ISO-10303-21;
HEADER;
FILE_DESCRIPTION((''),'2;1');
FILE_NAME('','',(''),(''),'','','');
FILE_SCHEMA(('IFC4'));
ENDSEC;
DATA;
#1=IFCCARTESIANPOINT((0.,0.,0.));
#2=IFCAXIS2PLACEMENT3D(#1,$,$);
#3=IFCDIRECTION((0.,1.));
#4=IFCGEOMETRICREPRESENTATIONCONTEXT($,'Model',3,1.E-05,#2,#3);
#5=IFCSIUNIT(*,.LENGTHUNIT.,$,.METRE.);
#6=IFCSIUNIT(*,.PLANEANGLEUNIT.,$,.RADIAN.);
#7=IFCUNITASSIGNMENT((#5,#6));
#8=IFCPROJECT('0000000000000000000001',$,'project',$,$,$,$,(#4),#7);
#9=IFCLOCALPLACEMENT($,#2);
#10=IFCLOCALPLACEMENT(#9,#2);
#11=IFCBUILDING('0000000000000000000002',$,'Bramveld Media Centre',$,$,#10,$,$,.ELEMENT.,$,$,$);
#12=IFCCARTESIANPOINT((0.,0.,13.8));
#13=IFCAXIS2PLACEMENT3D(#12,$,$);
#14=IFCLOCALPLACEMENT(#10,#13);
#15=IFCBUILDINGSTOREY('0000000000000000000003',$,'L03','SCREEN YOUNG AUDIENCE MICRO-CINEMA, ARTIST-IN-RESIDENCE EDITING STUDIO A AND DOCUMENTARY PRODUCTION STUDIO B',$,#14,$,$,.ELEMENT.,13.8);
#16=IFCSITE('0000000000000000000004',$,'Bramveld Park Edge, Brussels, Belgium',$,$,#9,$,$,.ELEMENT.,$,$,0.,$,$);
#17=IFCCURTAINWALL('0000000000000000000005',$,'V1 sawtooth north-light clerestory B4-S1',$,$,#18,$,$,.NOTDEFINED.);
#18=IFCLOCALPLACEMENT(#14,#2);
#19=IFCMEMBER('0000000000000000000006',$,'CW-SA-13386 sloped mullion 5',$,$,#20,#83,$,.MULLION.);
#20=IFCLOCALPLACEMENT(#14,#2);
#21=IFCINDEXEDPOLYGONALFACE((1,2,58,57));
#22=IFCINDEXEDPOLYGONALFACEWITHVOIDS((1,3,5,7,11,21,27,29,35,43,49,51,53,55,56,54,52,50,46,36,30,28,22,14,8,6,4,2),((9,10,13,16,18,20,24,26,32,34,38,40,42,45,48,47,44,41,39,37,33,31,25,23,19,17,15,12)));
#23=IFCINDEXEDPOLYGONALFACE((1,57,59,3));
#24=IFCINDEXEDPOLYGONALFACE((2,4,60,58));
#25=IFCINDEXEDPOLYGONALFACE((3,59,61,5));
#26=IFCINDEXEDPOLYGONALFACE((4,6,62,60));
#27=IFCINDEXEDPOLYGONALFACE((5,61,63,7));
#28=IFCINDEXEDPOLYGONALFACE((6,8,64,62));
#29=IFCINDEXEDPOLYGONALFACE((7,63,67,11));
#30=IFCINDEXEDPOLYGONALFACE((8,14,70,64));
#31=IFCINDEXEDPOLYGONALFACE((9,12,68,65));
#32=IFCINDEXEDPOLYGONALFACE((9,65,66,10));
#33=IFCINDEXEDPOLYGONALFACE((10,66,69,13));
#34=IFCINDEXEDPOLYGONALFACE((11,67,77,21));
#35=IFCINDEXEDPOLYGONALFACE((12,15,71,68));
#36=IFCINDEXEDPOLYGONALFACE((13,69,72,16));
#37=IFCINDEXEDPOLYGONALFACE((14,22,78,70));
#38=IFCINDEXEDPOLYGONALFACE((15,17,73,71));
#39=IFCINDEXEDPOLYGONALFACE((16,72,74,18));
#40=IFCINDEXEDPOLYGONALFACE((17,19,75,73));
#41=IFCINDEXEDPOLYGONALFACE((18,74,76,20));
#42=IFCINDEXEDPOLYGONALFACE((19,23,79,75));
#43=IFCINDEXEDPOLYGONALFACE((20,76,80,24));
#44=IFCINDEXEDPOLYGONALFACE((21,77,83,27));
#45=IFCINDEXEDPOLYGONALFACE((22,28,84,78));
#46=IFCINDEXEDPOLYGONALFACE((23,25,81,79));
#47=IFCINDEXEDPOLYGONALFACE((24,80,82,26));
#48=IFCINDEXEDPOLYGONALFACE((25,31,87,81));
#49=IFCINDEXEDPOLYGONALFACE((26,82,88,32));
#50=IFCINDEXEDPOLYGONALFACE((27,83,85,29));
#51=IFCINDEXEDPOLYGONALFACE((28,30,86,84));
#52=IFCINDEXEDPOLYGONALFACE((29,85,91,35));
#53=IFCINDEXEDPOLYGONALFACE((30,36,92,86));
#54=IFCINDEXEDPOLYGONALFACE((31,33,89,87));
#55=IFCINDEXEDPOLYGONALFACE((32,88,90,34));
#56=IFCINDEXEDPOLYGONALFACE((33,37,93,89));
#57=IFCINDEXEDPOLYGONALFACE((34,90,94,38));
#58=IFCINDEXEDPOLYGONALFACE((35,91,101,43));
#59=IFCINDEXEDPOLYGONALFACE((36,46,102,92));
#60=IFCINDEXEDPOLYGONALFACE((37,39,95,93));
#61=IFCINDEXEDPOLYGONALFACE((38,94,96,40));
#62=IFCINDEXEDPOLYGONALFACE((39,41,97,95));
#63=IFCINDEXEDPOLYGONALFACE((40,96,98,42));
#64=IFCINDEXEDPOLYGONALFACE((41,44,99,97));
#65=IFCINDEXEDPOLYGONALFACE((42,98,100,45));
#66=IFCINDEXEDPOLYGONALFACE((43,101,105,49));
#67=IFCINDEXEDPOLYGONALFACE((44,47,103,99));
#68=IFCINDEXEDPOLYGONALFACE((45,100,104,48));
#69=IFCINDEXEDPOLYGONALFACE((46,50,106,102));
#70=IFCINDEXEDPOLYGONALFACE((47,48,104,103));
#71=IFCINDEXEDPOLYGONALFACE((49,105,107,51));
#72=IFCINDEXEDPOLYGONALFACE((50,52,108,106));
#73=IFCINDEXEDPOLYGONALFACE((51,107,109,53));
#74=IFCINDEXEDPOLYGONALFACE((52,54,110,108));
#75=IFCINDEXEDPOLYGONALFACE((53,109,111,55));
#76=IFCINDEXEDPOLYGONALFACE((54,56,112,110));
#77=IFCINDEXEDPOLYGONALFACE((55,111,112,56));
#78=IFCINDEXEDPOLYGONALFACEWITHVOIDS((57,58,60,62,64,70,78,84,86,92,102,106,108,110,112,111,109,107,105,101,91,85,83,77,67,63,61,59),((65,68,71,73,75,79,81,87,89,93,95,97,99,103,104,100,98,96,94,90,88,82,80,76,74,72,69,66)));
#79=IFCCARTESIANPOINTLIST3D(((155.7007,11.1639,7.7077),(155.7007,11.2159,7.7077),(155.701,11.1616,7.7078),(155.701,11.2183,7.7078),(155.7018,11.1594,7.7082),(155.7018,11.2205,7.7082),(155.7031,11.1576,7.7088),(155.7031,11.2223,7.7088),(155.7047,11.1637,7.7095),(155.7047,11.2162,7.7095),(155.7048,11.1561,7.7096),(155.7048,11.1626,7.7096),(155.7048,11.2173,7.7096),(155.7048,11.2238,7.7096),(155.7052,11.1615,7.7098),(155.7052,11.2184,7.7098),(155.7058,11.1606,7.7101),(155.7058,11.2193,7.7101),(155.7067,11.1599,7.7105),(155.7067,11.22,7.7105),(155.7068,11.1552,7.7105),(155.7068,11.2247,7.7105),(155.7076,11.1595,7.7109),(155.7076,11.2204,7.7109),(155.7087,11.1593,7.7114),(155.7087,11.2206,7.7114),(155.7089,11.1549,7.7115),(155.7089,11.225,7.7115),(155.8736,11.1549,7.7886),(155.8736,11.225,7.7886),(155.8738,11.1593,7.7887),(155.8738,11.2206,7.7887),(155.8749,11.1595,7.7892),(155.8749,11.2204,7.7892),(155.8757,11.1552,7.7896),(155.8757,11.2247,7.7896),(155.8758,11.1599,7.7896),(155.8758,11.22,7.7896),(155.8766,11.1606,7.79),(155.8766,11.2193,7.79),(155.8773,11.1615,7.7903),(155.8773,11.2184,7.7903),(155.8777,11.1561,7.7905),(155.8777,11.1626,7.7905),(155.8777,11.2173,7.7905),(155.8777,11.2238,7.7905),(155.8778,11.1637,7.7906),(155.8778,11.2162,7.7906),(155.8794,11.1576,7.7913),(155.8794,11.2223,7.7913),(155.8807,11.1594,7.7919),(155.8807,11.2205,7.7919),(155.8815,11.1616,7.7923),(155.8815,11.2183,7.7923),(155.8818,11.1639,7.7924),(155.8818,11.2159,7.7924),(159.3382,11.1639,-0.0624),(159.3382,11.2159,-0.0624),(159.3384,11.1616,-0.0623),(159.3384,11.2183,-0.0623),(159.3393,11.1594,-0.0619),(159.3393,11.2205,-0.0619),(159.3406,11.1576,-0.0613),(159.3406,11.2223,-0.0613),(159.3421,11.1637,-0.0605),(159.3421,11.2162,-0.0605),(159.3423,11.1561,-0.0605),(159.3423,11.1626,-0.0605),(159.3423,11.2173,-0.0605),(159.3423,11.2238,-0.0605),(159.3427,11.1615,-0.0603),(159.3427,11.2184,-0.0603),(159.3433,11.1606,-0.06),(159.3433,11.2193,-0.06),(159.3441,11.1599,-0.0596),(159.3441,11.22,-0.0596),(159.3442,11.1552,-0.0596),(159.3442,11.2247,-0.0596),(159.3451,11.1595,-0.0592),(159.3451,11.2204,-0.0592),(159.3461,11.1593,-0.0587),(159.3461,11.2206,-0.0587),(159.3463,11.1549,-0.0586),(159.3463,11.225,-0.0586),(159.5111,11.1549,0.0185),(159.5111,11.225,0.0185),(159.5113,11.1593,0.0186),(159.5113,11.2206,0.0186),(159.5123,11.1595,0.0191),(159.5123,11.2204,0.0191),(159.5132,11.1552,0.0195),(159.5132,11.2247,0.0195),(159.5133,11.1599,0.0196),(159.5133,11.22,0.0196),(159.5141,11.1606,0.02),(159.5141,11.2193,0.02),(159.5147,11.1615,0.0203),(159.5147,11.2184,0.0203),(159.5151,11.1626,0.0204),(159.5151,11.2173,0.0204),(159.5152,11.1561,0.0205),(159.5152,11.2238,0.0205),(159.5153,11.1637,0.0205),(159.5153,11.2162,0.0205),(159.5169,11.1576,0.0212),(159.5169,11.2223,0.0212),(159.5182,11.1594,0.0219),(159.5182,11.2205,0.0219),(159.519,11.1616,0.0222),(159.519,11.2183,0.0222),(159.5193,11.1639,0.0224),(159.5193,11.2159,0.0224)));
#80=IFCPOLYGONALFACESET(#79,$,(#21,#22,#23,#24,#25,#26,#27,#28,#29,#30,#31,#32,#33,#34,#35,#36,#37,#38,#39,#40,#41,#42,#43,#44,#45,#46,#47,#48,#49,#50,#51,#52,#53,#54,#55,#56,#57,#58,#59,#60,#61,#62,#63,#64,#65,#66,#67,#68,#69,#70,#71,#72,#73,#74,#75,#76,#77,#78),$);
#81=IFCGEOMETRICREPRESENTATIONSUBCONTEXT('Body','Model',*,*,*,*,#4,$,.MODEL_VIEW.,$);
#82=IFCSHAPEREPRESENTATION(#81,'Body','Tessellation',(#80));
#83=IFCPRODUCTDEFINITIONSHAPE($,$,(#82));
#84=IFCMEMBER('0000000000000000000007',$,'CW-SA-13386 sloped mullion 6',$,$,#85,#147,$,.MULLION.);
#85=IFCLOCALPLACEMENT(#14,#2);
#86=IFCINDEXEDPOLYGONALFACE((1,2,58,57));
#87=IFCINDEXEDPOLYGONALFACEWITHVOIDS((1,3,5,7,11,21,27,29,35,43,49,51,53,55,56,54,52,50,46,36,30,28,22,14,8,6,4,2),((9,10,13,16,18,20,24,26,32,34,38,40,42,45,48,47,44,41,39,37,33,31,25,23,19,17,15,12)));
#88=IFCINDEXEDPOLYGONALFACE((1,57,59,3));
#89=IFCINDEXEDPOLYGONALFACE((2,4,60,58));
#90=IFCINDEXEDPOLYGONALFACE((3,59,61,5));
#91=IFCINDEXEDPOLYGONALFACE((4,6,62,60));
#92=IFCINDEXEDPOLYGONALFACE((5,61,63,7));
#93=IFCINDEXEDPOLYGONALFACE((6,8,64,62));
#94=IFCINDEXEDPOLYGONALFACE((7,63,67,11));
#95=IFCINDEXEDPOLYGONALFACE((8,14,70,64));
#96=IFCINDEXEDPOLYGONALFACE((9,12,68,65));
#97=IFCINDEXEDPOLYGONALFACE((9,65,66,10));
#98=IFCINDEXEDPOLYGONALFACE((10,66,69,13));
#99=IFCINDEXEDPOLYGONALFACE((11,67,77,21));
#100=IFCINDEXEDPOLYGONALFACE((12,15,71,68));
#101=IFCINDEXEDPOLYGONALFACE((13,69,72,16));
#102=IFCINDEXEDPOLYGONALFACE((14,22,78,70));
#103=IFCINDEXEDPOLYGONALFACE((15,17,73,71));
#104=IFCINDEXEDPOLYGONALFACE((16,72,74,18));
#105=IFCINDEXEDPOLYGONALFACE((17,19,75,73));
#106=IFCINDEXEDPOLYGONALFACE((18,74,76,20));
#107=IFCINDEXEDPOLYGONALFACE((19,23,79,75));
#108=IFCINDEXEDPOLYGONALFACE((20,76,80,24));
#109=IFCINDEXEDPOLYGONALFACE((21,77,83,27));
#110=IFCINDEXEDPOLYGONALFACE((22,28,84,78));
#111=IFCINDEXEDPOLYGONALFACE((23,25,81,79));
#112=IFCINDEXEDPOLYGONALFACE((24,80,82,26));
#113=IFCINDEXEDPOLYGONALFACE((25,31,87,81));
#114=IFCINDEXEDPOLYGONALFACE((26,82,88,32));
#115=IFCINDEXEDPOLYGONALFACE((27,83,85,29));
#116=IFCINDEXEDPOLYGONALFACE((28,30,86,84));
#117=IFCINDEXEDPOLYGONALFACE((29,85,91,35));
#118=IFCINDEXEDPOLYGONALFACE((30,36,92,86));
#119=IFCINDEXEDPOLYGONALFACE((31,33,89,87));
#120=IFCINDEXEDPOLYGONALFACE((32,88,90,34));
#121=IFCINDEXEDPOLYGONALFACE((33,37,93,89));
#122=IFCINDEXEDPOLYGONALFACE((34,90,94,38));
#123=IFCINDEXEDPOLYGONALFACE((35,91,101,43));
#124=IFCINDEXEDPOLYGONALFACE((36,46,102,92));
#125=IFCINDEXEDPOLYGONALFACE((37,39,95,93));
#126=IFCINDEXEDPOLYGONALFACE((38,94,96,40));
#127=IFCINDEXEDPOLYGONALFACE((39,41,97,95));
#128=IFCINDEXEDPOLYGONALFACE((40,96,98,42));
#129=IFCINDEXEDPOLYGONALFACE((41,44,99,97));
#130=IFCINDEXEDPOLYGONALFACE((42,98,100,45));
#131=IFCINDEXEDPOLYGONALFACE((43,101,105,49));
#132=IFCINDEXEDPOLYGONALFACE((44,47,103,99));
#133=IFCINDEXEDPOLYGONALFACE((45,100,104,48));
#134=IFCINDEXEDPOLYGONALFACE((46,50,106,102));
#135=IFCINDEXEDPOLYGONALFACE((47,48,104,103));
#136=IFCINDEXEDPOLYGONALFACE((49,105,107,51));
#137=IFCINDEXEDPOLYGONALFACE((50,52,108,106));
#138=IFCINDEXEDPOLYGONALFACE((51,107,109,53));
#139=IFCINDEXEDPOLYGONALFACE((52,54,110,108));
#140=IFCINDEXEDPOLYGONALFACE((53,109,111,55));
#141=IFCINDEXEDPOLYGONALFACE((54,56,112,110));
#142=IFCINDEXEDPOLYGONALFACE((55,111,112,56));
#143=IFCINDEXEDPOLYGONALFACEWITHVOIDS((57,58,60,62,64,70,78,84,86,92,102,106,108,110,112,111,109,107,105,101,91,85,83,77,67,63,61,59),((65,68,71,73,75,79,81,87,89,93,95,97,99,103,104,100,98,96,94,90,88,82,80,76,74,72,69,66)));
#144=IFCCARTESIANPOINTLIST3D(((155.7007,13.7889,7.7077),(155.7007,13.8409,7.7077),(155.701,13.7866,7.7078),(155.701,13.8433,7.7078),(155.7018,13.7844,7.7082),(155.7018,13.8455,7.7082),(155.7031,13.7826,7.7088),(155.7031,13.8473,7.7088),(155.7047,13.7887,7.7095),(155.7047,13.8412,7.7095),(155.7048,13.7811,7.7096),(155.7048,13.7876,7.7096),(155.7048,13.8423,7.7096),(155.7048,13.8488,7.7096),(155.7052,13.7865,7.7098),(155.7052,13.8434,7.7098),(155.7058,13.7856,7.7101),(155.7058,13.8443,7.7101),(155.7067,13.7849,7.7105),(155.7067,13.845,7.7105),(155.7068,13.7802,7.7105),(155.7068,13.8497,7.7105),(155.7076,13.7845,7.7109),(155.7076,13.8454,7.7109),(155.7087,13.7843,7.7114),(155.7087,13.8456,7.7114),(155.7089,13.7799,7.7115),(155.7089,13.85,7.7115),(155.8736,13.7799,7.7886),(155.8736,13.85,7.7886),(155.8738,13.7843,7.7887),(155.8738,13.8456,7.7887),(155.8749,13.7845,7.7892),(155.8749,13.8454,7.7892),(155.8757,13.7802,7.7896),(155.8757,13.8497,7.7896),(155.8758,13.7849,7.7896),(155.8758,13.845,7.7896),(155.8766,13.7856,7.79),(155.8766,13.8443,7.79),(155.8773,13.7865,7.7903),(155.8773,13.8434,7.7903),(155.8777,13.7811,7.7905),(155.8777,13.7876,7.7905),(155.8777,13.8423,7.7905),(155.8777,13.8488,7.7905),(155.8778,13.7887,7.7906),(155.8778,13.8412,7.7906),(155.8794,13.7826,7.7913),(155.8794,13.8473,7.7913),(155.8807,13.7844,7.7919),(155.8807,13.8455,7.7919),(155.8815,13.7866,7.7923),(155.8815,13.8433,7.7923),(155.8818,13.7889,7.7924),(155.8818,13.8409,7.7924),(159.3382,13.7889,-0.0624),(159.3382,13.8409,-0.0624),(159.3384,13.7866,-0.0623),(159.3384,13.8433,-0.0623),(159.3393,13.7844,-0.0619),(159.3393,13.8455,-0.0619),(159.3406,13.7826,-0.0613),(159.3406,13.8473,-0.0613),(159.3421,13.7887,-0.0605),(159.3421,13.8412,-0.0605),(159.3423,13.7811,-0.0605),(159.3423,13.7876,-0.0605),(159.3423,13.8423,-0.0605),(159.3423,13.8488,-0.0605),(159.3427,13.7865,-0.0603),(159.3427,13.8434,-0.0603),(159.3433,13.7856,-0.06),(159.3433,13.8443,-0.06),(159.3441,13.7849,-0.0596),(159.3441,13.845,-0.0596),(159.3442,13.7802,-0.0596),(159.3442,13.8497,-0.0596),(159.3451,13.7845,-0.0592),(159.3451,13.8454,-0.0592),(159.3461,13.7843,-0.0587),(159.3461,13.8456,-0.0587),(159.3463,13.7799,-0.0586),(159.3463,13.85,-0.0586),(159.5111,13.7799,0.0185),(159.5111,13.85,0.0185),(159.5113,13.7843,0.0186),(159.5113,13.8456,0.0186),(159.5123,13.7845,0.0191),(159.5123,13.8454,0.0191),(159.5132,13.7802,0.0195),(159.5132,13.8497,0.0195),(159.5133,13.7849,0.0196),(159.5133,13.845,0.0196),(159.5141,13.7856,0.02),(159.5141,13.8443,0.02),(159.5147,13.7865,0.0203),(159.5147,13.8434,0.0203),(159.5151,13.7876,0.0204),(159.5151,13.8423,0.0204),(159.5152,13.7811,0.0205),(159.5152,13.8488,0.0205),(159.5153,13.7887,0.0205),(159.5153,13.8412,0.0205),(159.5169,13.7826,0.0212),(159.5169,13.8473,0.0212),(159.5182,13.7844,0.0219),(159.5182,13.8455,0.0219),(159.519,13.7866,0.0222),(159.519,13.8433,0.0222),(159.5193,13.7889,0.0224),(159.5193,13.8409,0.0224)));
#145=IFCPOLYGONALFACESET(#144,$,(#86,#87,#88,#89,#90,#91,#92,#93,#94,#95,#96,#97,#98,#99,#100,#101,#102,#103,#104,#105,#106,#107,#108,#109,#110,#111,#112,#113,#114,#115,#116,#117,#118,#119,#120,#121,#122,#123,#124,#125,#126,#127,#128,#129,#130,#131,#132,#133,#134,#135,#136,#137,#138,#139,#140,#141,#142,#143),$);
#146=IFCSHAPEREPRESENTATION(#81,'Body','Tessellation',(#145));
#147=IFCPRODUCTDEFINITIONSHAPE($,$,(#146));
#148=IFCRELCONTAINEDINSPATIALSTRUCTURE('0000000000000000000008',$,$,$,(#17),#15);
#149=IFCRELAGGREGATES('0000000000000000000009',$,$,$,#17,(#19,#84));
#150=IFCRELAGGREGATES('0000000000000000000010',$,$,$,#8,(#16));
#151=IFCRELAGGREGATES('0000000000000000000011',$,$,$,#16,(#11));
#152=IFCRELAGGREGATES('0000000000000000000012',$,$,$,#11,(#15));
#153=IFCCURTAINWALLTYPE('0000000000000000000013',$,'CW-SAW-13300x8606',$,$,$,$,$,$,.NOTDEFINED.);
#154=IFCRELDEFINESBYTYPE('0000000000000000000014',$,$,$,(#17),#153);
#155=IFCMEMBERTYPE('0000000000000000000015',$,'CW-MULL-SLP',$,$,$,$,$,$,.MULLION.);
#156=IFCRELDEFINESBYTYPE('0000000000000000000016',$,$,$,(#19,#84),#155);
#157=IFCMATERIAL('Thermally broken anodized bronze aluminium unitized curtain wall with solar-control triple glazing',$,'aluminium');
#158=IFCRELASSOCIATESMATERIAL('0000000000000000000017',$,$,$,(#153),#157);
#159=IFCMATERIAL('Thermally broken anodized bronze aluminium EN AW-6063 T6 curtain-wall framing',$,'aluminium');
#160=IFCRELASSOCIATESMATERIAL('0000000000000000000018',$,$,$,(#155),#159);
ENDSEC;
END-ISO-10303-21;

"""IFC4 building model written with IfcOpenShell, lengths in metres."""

from ifc_helpers import new_model, si_unit, direction, frame, origin, origin_2d, place, context, subcontext, project, spatial, hollow_rectangle, extrude, material, material_profile, profile_set, type_object, element, aggregate, save


model = new_model("IFC4")

# Units and contexts
model_context = context("Model", 3, precision=1e-05, world=origin(), true_north=direction((0.0, 1.0)))
body_context = subcontext(model_context, "Body", "Model", "MODEL_VIEW")
ifc_project = project(units=[si_unit("LENGTHUNIT", "METRE"), si_unit("PLANEANGLEUNIT", "RADIAN")], contexts=[model_context])

# Site, building, storey
site_placement = place(None, origin())
site = spatial("IfcSite", under=ifc_project, at=site_placement, Name="Bramveld Park Edge, Brussels, Belgium", CompositionType="ELEMENT", RefElevation=0.0)
building_placement = place(site_placement, origin())
building = spatial("IfcBuilding", under=site, at=building_placement, Name="Bramveld Media Centre", CompositionType="ELEMENT")
storey_placement = place(building_placement, frame((0.0, 0.0, 13.8)))
storey = spatial("IfcBuildingStorey", under=building, at=storey_placement, Name="L03", Description="SCREEN YOUNG AUDIENCE MICRO-CINEMA, ARTIST-IN-RESIDENCE EDITING STUDIO A AND DOCUMENTARY PRODUCTION STUDIO B", CompositionType="ELEMENT", Elevation=13.8)

# Curtain wall, members
ifc_material_1 = material(Name="Thermally broken anodized bronze aluminium unitized curtain wall with solar-control triple glazing", Category="aluminium")
curtain_wall_type = type_object("IfcCurtainWallType", Name="CW-SAW-13300x8606", PredefinedType="NOTDEFINED", material=ifc_material_1)
curtain_wall_1_placement = place(storey_placement, origin())
curtain_wall_1 = element("IfcCurtainWall", 1, at=curtain_wall_1_placement, inside=storey, type_object=curtain_wall_type, Name="V1 sawtooth north-light clerestory B4-S1", PredefinedType="NOTDEFINED")
ifc_material_2 = material(Name="Thermally broken anodized bronze aluminium EN AW-6063 T6 curtain-wall framing", Category="aluminium")
ifc_material_profile_1 = material_profile(ifc_material_2, hollow_rectangle(XDim=0.0701, YDim=0.2, WallThickness=0.0044, InnerFilletRadius=0.0044, OuterFilletRadius=0.009, at=origin_2d()), Name="AL-MULL 70x200")
ifc_profile_set_1 = profile_set([ifc_material_profile_1], Name="Thermally broken anodized bronze aluminium EN AW-6063 T6 curtain-wall framing")
member_type_1 = type_object("IfcMemberType", Name="CW-MULL-SLP", PredefinedType="MULLION", material=ifc_profile_set_1)
member_1_placement = place(storey_placement, frame((159.4287, 11.1899, -0.02), z_axis=(-0.42398, 0.0, 0.905671), x_axis=(0.0, -1.0, 0.0)))
member_1 = element("IfcMember", 2, at=member_1_placement, type_object=member_type_1, Name="CW-SA-13386 sloped mullion 5", PredefinedType="MULLION", context=body_context, shape_type="SweptSolid", body=[
    extrude(hollow_rectangle(XDim=0.0701, YDim=0.2, WallThickness=0.0044, InnerFilletRadius=0.0044, OuterFilletRadius=0.009, at=origin_2d()), origin(), (0.0, 0.0, 1.0), 8.5793),
])
member_2_placement = place(storey_placement, frame((159.4287, 13.8149, -0.02), z_axis=(-0.42398, 0.0, 0.905671), x_axis=(0.0, -1.0, 0.0)))
member_2 = element("IfcMember", 3, at=member_2_placement, type_object=member_type_1, Name="CW-SA-13386 sloped mullion 6", PredefinedType="MULLION", context=body_context, shape_type="SweptSolid", body=[
    extrude(hollow_rectangle(XDim=0.0701, YDim=0.2, WallThickness=0.0044, InnerFilletRadius=0.0044, OuterFilletRadius=0.009, at=origin_2d()), origin(), (0.0, 0.0, 1.0), 8.5793),
])

aggregate(curtain_wall_1, [member_1, member_2])

save(model, "model.ifc")
